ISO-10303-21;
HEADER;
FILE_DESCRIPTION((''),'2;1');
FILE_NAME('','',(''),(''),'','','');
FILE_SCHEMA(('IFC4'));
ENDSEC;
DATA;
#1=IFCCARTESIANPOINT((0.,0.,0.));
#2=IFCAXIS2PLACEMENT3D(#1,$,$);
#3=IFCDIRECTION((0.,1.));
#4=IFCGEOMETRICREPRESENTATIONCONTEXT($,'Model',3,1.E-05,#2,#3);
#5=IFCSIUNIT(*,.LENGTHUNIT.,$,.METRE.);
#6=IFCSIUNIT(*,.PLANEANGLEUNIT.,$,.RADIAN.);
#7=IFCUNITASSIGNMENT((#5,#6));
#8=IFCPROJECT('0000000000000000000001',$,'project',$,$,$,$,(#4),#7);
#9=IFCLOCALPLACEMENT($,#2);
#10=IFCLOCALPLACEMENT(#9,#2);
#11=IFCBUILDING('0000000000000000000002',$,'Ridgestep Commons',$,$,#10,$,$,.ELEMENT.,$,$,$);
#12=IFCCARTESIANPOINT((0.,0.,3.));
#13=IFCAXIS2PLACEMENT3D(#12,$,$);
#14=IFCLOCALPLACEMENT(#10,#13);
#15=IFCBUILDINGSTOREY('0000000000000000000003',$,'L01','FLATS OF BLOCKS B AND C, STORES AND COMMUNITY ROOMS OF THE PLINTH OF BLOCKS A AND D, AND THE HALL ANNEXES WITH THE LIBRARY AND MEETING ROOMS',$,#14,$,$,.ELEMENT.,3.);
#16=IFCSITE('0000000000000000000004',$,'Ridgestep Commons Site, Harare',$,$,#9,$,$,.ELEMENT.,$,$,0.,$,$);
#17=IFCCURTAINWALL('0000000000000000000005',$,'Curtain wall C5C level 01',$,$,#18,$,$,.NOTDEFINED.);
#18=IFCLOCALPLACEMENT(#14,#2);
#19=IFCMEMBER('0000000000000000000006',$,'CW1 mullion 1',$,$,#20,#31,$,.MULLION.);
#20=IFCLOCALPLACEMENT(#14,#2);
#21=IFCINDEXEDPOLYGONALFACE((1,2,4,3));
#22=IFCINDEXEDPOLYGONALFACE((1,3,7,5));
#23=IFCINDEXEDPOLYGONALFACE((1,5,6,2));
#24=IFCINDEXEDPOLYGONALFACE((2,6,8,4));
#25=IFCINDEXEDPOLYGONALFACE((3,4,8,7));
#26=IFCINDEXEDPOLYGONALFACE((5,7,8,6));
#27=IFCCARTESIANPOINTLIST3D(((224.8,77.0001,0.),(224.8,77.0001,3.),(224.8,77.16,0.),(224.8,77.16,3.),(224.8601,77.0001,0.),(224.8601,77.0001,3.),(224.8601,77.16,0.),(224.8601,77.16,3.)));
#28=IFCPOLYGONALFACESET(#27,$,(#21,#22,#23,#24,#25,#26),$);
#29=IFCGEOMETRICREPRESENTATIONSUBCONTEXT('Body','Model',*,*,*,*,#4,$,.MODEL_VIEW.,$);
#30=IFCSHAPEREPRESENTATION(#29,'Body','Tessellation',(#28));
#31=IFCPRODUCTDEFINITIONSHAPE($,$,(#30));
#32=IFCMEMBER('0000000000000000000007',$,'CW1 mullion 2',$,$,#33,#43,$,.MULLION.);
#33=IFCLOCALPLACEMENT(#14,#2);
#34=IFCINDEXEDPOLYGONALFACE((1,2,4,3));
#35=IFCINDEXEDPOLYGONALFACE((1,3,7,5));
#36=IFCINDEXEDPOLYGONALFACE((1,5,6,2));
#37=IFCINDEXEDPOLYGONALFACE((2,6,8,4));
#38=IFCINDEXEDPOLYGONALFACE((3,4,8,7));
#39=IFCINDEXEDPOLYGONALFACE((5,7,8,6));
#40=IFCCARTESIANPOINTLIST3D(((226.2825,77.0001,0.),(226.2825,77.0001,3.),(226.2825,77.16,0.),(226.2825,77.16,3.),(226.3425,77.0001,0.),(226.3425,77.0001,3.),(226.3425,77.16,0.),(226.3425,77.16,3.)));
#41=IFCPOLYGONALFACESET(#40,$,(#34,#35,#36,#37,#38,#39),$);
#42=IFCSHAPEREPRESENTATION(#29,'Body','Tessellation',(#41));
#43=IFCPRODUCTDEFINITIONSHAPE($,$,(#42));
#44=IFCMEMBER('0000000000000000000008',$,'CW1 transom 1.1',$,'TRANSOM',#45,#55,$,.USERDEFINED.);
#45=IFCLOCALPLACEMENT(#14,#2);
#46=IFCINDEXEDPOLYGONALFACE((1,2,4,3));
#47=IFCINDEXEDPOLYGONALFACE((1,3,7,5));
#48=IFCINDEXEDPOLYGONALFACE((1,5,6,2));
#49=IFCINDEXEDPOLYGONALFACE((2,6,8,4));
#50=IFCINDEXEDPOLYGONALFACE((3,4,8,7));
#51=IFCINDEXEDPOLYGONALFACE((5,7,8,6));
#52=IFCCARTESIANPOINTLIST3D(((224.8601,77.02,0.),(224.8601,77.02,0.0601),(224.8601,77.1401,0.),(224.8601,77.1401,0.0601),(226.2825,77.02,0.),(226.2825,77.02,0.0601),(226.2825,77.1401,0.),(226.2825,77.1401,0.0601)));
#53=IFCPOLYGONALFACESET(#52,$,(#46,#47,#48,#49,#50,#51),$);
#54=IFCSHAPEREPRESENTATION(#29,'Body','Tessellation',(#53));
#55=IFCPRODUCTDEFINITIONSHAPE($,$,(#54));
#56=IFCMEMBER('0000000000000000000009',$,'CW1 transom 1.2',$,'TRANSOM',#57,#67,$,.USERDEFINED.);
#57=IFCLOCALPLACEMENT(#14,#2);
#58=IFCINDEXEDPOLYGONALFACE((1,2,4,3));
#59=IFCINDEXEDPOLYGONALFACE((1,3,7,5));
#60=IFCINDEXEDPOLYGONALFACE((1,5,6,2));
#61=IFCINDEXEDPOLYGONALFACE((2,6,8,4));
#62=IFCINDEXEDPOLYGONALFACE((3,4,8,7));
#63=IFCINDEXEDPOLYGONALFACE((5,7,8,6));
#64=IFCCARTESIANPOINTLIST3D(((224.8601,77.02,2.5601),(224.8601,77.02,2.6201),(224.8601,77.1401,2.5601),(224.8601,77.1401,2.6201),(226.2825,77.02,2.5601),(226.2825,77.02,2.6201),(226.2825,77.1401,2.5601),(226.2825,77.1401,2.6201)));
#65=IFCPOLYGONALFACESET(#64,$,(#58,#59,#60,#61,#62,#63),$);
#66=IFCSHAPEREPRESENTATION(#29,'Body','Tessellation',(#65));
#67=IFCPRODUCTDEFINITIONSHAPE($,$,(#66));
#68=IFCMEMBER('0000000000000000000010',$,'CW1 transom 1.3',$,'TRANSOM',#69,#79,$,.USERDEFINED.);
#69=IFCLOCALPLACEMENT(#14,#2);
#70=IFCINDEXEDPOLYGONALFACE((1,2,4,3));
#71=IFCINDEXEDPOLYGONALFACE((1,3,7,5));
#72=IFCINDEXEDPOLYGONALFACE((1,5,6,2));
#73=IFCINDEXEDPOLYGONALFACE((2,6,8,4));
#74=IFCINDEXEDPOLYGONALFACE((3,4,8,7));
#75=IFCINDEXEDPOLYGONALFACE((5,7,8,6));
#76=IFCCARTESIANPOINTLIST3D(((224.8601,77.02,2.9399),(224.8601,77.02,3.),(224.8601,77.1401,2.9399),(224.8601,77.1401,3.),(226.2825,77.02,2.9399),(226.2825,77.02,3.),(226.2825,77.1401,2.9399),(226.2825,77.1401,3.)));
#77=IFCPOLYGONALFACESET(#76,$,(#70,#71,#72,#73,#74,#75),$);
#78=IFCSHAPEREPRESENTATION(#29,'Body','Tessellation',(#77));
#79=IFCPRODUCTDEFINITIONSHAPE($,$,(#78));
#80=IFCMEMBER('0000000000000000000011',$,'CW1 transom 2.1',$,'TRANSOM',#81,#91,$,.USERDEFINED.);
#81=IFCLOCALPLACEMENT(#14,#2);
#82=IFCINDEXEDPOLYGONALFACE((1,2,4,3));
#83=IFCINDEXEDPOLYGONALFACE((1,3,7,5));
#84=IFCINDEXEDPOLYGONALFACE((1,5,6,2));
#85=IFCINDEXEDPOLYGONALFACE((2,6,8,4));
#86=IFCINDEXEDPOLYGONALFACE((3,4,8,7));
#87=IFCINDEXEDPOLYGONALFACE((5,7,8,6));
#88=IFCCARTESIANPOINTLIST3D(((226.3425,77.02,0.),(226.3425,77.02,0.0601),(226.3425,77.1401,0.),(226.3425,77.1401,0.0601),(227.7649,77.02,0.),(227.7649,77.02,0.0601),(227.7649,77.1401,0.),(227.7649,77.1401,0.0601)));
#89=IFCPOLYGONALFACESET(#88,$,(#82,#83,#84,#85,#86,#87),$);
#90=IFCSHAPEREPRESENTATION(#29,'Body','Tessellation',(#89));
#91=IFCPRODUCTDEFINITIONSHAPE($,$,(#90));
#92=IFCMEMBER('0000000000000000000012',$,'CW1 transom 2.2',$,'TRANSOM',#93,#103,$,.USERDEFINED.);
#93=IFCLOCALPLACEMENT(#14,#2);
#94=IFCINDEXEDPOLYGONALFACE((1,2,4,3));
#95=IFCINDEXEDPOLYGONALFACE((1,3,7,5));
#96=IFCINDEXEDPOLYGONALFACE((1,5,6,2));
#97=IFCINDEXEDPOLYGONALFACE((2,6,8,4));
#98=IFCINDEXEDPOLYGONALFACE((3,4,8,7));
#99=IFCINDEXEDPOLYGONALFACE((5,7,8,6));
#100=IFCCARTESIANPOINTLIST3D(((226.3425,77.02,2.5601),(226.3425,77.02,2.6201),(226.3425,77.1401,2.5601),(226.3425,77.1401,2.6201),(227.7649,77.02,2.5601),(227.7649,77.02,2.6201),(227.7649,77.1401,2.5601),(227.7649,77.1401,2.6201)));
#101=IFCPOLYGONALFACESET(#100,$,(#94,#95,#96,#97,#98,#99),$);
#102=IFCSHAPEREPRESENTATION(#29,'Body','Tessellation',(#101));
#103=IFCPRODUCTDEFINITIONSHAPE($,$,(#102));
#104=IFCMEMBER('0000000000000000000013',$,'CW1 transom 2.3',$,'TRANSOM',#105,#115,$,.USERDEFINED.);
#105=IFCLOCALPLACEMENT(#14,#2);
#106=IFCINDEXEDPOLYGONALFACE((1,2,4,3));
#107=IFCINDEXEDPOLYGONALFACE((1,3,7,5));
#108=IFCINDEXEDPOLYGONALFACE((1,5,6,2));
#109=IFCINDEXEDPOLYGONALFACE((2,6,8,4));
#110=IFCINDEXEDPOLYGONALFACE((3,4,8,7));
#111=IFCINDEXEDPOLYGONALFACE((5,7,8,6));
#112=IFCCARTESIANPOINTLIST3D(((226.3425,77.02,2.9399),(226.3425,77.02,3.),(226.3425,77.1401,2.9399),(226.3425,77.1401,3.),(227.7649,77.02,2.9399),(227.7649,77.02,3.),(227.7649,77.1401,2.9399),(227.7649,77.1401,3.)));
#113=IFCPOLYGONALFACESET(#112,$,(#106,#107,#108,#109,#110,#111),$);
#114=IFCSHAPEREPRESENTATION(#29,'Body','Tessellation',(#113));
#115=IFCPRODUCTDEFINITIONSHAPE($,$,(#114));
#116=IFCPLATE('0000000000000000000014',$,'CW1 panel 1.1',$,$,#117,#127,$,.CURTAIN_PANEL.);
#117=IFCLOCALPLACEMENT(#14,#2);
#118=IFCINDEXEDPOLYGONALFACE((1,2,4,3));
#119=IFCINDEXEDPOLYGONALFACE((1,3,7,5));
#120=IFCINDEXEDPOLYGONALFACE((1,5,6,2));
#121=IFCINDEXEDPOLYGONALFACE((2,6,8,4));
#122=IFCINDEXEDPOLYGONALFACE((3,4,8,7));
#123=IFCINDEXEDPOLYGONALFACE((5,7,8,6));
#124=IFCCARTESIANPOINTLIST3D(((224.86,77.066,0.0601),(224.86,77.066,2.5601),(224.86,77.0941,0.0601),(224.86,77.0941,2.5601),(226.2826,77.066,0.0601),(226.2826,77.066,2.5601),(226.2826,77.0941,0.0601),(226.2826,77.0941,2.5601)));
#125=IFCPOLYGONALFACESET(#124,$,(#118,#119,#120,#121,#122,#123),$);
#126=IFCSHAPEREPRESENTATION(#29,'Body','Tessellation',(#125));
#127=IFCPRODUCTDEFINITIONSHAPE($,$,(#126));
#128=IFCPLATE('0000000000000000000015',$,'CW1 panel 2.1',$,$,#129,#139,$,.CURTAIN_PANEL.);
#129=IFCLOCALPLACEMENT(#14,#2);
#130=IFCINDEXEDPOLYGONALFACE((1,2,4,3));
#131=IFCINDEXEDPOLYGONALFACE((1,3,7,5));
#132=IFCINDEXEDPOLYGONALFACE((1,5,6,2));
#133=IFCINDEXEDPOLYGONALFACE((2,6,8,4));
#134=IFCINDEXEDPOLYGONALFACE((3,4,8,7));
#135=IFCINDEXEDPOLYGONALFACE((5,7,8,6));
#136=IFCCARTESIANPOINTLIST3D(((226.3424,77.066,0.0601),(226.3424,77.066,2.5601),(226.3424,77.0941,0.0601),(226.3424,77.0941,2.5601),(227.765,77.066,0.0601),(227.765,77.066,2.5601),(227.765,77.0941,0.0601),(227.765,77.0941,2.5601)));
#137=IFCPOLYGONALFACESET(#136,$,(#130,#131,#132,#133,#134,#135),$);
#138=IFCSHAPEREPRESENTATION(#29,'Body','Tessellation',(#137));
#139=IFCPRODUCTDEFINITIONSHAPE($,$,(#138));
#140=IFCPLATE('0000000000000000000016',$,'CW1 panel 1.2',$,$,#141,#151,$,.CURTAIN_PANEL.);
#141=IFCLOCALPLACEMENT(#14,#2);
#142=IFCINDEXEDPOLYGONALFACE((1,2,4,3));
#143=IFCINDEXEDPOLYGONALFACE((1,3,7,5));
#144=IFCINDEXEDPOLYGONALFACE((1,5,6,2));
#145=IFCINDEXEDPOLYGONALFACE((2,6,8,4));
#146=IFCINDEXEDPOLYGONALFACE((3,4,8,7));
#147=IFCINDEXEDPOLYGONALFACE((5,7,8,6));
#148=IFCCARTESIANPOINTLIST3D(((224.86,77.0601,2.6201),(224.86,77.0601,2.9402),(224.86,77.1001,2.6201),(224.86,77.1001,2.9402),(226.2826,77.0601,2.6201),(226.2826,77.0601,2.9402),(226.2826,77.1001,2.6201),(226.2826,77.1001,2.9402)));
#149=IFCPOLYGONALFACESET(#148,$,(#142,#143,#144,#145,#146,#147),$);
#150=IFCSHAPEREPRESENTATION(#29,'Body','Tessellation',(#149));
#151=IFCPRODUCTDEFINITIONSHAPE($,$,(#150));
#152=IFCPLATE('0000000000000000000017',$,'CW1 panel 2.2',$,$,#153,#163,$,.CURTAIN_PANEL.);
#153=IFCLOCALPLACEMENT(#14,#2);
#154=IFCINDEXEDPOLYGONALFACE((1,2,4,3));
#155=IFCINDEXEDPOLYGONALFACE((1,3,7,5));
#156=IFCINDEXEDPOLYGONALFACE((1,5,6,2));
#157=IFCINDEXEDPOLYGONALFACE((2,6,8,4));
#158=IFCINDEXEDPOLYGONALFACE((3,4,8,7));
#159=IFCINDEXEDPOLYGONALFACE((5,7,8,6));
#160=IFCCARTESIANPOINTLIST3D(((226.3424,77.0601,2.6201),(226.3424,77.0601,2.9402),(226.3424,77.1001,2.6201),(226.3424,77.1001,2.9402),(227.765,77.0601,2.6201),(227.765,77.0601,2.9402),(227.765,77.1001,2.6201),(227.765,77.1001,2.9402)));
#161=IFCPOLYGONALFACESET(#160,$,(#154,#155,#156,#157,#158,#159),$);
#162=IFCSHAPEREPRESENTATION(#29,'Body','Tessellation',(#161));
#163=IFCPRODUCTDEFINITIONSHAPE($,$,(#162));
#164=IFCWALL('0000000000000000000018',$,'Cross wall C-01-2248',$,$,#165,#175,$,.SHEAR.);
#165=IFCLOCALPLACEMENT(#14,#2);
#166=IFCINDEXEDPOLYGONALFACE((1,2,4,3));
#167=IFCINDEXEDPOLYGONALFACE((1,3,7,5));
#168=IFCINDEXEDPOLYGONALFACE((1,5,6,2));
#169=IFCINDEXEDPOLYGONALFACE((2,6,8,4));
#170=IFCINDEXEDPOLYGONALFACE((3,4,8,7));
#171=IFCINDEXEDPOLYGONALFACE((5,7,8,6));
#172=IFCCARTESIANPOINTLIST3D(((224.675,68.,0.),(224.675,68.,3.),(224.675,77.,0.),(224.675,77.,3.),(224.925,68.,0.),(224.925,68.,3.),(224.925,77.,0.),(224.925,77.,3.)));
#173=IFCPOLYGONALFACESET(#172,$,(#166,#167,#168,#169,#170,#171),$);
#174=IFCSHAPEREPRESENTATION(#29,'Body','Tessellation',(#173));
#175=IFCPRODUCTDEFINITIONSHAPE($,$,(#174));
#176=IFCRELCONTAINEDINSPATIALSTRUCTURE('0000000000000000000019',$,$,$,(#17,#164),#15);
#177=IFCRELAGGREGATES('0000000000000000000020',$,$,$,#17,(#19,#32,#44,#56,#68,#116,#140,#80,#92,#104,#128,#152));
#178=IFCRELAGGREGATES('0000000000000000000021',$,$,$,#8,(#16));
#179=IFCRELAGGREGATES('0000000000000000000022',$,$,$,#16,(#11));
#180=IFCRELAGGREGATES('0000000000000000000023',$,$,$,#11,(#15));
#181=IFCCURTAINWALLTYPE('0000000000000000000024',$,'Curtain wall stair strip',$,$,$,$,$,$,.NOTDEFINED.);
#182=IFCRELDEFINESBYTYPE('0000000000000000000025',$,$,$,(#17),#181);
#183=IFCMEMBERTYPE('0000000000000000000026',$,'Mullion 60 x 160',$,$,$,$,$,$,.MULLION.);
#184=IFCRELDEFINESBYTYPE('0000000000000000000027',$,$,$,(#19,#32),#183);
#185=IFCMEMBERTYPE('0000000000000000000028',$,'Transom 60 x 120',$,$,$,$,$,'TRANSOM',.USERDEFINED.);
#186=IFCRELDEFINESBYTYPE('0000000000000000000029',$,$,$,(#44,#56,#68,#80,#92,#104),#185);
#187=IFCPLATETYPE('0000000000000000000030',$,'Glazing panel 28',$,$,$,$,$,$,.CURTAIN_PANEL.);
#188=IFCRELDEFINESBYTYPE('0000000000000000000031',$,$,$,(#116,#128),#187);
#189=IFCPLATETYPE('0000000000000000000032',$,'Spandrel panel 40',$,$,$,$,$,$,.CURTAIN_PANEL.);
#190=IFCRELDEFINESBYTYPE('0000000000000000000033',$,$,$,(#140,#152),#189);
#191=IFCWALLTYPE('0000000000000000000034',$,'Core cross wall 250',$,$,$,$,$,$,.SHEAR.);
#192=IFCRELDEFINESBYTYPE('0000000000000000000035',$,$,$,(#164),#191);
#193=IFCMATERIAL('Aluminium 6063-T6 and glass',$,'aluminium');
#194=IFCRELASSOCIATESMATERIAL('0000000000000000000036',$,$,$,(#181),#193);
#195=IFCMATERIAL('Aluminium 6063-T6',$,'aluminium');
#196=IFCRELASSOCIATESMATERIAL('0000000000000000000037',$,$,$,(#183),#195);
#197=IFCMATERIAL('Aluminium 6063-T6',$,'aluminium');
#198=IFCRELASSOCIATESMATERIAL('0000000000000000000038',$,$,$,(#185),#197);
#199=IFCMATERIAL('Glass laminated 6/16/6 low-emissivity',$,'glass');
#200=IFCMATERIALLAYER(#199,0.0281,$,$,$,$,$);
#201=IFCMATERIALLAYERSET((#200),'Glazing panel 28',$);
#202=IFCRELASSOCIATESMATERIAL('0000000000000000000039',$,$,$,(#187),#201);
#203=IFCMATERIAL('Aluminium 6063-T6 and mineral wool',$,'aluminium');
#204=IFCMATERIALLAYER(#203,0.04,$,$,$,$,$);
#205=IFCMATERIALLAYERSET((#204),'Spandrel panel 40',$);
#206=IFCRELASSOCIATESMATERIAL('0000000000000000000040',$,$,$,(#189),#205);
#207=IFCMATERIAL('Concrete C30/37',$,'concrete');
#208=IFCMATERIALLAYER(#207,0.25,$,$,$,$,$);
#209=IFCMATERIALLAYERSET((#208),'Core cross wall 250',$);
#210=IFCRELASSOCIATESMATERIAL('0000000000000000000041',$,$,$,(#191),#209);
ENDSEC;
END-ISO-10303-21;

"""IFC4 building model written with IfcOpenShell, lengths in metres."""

from ifc_helpers import new_model, si_unit, direction, frame, frame_2d, origin, origin_2d, place, context, subcontext, project, spatial, rectangle, extrude, material, layer, layer_set, material_profile, profile_set, type_object, element, aggregate, save


model = new_model("IFC4")

# Units and contexts
model_context = context("Model", 3, precision=1e-05, world=origin(), true_north=direction((0.0, 1.0)))
body_context = subcontext(model_context, "Body", "Model", "MODEL_VIEW")
ifc_project = project(units=[si_unit("LENGTHUNIT", "METRE"), si_unit("PLANEANGLEUNIT", "RADIAN")], contexts=[model_context])

# Site, building, storey
site_placement = place(None, origin())
site = spatial("IfcSite", under=ifc_project, at=site_placement, Name="Ridgestep Commons Site, Harare", CompositionType="ELEMENT", RefElevation=0.0)
building_placement = place(site_placement, origin())
building = spatial("IfcBuilding", under=site, at=building_placement, Name="Ridgestep Commons", CompositionType="ELEMENT")
storey_placement = place(building_placement, frame((0.0, 0.0, 3.0)))
storey = spatial("IfcBuildingStorey", under=building, at=storey_placement, Name="L01", Description="FLATS OF BLOCKS B AND C, STORES AND COMMUNITY ROOMS OF THE PLINTH OF BLOCKS A AND D, AND THE HALL ANNEXES WITH THE LIBRARY AND MEETING ROOMS", CompositionType="ELEMENT", Elevation=3.0)

# Curtain wall, members, plates
ifc_material_1 = material(Name="Aluminium 6063-T6 and glass", Category="aluminium")
curtain_wall_type = type_object("IfcCurtainWallType", Name="Curtain wall stair strip", PredefinedType="NOTDEFINED", material=ifc_material_1)
curtain_wall_placement = place(storey_placement, origin())
curtain_wall = element("IfcCurtainWall", 1, at=curtain_wall_placement, inside=storey, type_object=curtain_wall_type, Name="Curtain wall C5C level 01", PredefinedType="NOTDEFINED")
ifc_material_2 = material(Name="Aluminium 6063-T6", Category="aluminium")
ifc_material_profile_1 = material_profile(ifc_material_2, rectangle(XDim=0.1599, YDim=0.0601, at=origin_2d()), Name="Mullion 60 x 160")
ifc_profile_set_1 = profile_set([ifc_material_profile_1], Name="Aluminium 6063-T6")
member_type_1 = type_object("IfcMemberType", Name="Mullion 60 x 160", PredefinedType="MULLION", material=ifc_profile_set_1)
member_1_placement = place(storey_placement, frame((224.8301, 77.0801, 0.0), z_axis=(0.0, 0.0, 1.0), x_axis=(0.0, 1.0, 0.0)))
member_1 = element("IfcMember", 2, at=member_1_placement, type_object=member_type_1, Name="CW1 mullion 1", PredefinedType="MULLION", context=body_context, shape_type="SweptSolid", body=[
    extrude(rectangle(XDim=0.1599, YDim=0.0601, at=origin_2d()), origin(), (0.0, 0.0, 1.0), 3.0),
])
member_2_placement = place(storey_placement, frame((226.3125, 77.0801, 0.0), z_axis=(0.0, 0.0, 1.0), x_axis=(0.0, 1.0, 0.0)))
member_2 = element("IfcMember", 3, at=member_2_placement, type_object=member_type_1, Name="CW1 mullion 2", PredefinedType="MULLION", context=body_context, shape_type="SweptSolid", body=[
    extrude(rectangle(XDim=0.1599, YDim=0.0601, at=origin_2d()), origin(), (0.0, 0.0, 1.0), 3.0),
])
ifc_material_3 = material(Name="Aluminium 6063-T6", Category="aluminium")
ifc_material_profile_2 = material_profile(ifc_material_3, rectangle(XDim=0.1201, YDim=0.0601, at=origin_2d()), Name="Transom 60 x 120")
ifc_profile_set_2 = profile_set([ifc_material_profile_2], Name="Aluminium 6063-T6")
member_type_2 = type_object("IfcMemberType", Name="Transom 60 x 120", ElementType="TRANSOM", PredefinedType="USERDEFINED", material=ifc_profile_set_2)
member_3_placement = place(storey_placement, frame((224.8601, 77.0801, 0.03), z_axis=(1.0, 0.0, 0.0), x_axis=(0.0, 1.0, 0.0)))
member_3 = element("IfcMember", 4, at=member_3_placement, type_object=member_type_2, Name="CW1 transom 1.1", ObjectType="TRANSOM", PredefinedType="USERDEFINED", context=body_context, shape_type="SweptSolid", body=[
    extrude(rectangle(XDim=0.1201, YDim=0.0601, at=origin_2d()), origin(), (0.0, 0.0, 1.0), 1.4224),
])
member_4_placement = place(storey_placement, frame((224.8601, 77.0801, 2.5901), z_axis=(1.0, 0.0, 0.0), x_axis=(0.0, 1.0, 0.0)))
member_4 = element("IfcMember", 5, at=member_4_placement, type_object=member_type_2, Name="CW1 transom 1.2", ObjectType="TRANSOM", PredefinedType="USERDEFINED", context=body_context, shape_type="SweptSolid", body=[
    extrude(rectangle(XDim=0.1201, YDim=0.0601, at=origin_2d()), origin(), (0.0, 0.0, 1.0), 1.4224),
])
member_5_placement = place(storey_placement, frame((224.8601, 77.0801, 2.97), z_axis=(1.0, 0.0, 0.0), x_axis=(0.0, 1.0, 0.0)))
member_5 = element("IfcMember", 6, at=member_5_placement, type_object=member_type_2, Name="CW1 transom 1.3", ObjectType="TRANSOM", PredefinedType="USERDEFINED", context=body_context, shape_type="SweptSolid", body=[
    extrude(rectangle(XDim=0.1201, YDim=0.0601, at=origin_2d()), origin(), (0.0, 0.0, 1.0), 1.4224),
])
member_6_placement = place(storey_placement, frame((226.3425, 77.0801, 0.03), z_axis=(1.0, 0.0, 0.0), x_axis=(0.0, 1.0, 0.0)))
member_6 = element("IfcMember", 7, at=member_6_placement, type_object=member_type_2, Name="CW1 transom 2.1", ObjectType="TRANSOM", PredefinedType="USERDEFINED", context=body_context, shape_type="SweptSolid", body=[
    extrude(rectangle(XDim=0.1201, YDim=0.0601, at=origin_2d()), origin(), (0.0, 0.0, 1.0), 1.4224),
])
member_7_placement = place(storey_placement, frame((226.3425, 77.0801, 2.5901), z_axis=(1.0, 0.0, 0.0), x_axis=(0.0, 1.0, 0.0)))
member_7 = element("IfcMember", 8, at=member_7_placement, type_object=member_type_2, Name="CW1 transom 2.2", ObjectType="TRANSOM", PredefinedType="USERDEFINED", context=body_context, shape_type="SweptSolid", body=[
    extrude(rectangle(XDim=0.1201, YDim=0.0601, at=origin_2d()), origin(), (0.0, 0.0, 1.0), 1.4224),
])
member_8_placement = place(storey_placement, frame((226.3425, 77.0801, 2.97), z_axis=(1.0, 0.0, 0.0), x_axis=(0.0, 1.0, 0.0)))
member_8 = element("IfcMember", 9, at=member_8_placement, type_object=member_type_2, Name="CW1 transom 2.3", ObjectType="TRANSOM", PredefinedType="USERDEFINED", context=body_context, shape_type="SweptSolid", body=[
    extrude(rectangle(XDim=0.1201, YDim=0.0601, at=origin_2d()), origin(), (0.0, 0.0, 1.0), 1.4224),
])
ifc_material_4 = material(Name="Glass laminated 6/16/6 low-emissivity", Category="glass")
ifc_layer_1 = layer(ifc_material_4, 0.0281)
ifc_layer_set_1 = layer_set([ifc_layer_1], Name="Glazing panel 28")
plate_type_1 = type_object("IfcPlateType", Name="Glazing panel 28", PredefinedType="CURTAIN_PANEL", material=ifc_layer_set_1)
plate_1_placement = place(storey_placement, frame((225.5713, 77.0801, 0.0601), z_axis=(0.0, 0.0, 1.0), x_axis=(1.0, 0.0, 0.0)))
plate_1 = element("IfcPlate", 10, at=plate_1_placement, type_object=plate_type_1, Name="CW1 panel 1.1", PredefinedType="CURTAIN_PANEL", context=body_context, shape_type="SweptSolid", body=[
    extrude(rectangle(XDim=1.4226, YDim=0.0281, at=origin_2d()), origin(), (0.0, 0.0, 1.0), 2.5),
])
plate_2_placement = place(storey_placement, frame((227.0537, 77.0801, 0.0601), z_axis=(0.0, 0.0, 1.0), x_axis=(1.0, 0.0, 0.0)))
plate_2 = element("IfcPlate", 11, at=plate_2_placement, type_object=plate_type_1, Name="CW1 panel 2.1", PredefinedType="CURTAIN_PANEL", context=body_context, shape_type="SweptSolid", body=[
    extrude(rectangle(XDim=1.4226, YDim=0.0281, at=origin_2d()), origin(), (0.0, 0.0, 1.0), 2.5),
])
ifc_material_5 = material(Name="Aluminium 6063-T6 and mineral wool", Category="aluminium")
ifc_layer_2 = layer(ifc_material_5, 0.04)
ifc_layer_set_2 = layer_set([ifc_layer_2], Name="Spandrel panel 40")
plate_type_2 = type_object("IfcPlateType", Name="Spandrel panel 40", PredefinedType="CURTAIN_PANEL", material=ifc_layer_set_2)
plate_3_placement = place(storey_placement, frame((225.5713, 77.0801, 2.6201), z_axis=(0.0, 0.0, 1.0), x_axis=(1.0, 0.0, 0.0)))
plate_3 = element("IfcPlate", 12, at=plate_3_placement, type_object=plate_type_2, Name="CW1 panel 1.2", PredefinedType="CURTAIN_PANEL", context=body_context, shape_type="SweptSolid", body=[
    extrude(rectangle(XDim=1.4226, YDim=0.04, at=origin_2d()), origin(), (0.0, 0.0, 1.0), 0.3201),
])
plate_4_placement = place(storey_placement, frame((227.0537, 77.0801, 2.6201), z_axis=(0.0, 0.0, 1.0), x_axis=(1.0, 0.0, 0.0)))
plate_4 = element("IfcPlate", 13, at=plate_4_placement, type_object=plate_type_2, Name="CW1 panel 2.2", PredefinedType="CURTAIN_PANEL", context=body_context, shape_type="SweptSolid", body=[
    extrude(rectangle(XDim=1.4226, YDim=0.04, at=origin_2d()), origin(), (0.0, 0.0, 1.0), 0.3201),
])
aggregate(curtain_wall, [member_1, member_2, member_3, member_4, member_5, plate_1, plate_3, member_6, member_7, member_8, plate_2, plate_4])

# Wall
ifc_material_6 = material(Name="Concrete C30/37", Category="concrete")
ifc_layer_3 = layer(ifc_material_6, 0.25)
ifc_layer_set_3 = layer_set([ifc_layer_3], Name="Core cross wall 250")
wall_type_1 = type_object("IfcWallType", Name="Core cross wall 250", PredefinedType="SHEAR", material=ifc_layer_set_3)
wall_1_placement = place(storey_placement, frame((224.8, 68.0, 0.0), z_axis=(0.0, 0.0, 1.0), x_axis=(0.0, 1.0, 0.0)))
element("IfcWall", 14, at=wall_1_placement, inside=storey, type_object=wall_type_1, Name="Cross wall C-01-2248", PredefinedType="SHEAR", context=body_context, shape_type="SweptSolid", body=[
    extrude(rectangle(XDim=9.0, YDim=0.25, at=frame_2d((4.5, 0.0))), origin(), (0.0, 0.0, 1.0), 3.0),
])

save(model, "model.ifc")
